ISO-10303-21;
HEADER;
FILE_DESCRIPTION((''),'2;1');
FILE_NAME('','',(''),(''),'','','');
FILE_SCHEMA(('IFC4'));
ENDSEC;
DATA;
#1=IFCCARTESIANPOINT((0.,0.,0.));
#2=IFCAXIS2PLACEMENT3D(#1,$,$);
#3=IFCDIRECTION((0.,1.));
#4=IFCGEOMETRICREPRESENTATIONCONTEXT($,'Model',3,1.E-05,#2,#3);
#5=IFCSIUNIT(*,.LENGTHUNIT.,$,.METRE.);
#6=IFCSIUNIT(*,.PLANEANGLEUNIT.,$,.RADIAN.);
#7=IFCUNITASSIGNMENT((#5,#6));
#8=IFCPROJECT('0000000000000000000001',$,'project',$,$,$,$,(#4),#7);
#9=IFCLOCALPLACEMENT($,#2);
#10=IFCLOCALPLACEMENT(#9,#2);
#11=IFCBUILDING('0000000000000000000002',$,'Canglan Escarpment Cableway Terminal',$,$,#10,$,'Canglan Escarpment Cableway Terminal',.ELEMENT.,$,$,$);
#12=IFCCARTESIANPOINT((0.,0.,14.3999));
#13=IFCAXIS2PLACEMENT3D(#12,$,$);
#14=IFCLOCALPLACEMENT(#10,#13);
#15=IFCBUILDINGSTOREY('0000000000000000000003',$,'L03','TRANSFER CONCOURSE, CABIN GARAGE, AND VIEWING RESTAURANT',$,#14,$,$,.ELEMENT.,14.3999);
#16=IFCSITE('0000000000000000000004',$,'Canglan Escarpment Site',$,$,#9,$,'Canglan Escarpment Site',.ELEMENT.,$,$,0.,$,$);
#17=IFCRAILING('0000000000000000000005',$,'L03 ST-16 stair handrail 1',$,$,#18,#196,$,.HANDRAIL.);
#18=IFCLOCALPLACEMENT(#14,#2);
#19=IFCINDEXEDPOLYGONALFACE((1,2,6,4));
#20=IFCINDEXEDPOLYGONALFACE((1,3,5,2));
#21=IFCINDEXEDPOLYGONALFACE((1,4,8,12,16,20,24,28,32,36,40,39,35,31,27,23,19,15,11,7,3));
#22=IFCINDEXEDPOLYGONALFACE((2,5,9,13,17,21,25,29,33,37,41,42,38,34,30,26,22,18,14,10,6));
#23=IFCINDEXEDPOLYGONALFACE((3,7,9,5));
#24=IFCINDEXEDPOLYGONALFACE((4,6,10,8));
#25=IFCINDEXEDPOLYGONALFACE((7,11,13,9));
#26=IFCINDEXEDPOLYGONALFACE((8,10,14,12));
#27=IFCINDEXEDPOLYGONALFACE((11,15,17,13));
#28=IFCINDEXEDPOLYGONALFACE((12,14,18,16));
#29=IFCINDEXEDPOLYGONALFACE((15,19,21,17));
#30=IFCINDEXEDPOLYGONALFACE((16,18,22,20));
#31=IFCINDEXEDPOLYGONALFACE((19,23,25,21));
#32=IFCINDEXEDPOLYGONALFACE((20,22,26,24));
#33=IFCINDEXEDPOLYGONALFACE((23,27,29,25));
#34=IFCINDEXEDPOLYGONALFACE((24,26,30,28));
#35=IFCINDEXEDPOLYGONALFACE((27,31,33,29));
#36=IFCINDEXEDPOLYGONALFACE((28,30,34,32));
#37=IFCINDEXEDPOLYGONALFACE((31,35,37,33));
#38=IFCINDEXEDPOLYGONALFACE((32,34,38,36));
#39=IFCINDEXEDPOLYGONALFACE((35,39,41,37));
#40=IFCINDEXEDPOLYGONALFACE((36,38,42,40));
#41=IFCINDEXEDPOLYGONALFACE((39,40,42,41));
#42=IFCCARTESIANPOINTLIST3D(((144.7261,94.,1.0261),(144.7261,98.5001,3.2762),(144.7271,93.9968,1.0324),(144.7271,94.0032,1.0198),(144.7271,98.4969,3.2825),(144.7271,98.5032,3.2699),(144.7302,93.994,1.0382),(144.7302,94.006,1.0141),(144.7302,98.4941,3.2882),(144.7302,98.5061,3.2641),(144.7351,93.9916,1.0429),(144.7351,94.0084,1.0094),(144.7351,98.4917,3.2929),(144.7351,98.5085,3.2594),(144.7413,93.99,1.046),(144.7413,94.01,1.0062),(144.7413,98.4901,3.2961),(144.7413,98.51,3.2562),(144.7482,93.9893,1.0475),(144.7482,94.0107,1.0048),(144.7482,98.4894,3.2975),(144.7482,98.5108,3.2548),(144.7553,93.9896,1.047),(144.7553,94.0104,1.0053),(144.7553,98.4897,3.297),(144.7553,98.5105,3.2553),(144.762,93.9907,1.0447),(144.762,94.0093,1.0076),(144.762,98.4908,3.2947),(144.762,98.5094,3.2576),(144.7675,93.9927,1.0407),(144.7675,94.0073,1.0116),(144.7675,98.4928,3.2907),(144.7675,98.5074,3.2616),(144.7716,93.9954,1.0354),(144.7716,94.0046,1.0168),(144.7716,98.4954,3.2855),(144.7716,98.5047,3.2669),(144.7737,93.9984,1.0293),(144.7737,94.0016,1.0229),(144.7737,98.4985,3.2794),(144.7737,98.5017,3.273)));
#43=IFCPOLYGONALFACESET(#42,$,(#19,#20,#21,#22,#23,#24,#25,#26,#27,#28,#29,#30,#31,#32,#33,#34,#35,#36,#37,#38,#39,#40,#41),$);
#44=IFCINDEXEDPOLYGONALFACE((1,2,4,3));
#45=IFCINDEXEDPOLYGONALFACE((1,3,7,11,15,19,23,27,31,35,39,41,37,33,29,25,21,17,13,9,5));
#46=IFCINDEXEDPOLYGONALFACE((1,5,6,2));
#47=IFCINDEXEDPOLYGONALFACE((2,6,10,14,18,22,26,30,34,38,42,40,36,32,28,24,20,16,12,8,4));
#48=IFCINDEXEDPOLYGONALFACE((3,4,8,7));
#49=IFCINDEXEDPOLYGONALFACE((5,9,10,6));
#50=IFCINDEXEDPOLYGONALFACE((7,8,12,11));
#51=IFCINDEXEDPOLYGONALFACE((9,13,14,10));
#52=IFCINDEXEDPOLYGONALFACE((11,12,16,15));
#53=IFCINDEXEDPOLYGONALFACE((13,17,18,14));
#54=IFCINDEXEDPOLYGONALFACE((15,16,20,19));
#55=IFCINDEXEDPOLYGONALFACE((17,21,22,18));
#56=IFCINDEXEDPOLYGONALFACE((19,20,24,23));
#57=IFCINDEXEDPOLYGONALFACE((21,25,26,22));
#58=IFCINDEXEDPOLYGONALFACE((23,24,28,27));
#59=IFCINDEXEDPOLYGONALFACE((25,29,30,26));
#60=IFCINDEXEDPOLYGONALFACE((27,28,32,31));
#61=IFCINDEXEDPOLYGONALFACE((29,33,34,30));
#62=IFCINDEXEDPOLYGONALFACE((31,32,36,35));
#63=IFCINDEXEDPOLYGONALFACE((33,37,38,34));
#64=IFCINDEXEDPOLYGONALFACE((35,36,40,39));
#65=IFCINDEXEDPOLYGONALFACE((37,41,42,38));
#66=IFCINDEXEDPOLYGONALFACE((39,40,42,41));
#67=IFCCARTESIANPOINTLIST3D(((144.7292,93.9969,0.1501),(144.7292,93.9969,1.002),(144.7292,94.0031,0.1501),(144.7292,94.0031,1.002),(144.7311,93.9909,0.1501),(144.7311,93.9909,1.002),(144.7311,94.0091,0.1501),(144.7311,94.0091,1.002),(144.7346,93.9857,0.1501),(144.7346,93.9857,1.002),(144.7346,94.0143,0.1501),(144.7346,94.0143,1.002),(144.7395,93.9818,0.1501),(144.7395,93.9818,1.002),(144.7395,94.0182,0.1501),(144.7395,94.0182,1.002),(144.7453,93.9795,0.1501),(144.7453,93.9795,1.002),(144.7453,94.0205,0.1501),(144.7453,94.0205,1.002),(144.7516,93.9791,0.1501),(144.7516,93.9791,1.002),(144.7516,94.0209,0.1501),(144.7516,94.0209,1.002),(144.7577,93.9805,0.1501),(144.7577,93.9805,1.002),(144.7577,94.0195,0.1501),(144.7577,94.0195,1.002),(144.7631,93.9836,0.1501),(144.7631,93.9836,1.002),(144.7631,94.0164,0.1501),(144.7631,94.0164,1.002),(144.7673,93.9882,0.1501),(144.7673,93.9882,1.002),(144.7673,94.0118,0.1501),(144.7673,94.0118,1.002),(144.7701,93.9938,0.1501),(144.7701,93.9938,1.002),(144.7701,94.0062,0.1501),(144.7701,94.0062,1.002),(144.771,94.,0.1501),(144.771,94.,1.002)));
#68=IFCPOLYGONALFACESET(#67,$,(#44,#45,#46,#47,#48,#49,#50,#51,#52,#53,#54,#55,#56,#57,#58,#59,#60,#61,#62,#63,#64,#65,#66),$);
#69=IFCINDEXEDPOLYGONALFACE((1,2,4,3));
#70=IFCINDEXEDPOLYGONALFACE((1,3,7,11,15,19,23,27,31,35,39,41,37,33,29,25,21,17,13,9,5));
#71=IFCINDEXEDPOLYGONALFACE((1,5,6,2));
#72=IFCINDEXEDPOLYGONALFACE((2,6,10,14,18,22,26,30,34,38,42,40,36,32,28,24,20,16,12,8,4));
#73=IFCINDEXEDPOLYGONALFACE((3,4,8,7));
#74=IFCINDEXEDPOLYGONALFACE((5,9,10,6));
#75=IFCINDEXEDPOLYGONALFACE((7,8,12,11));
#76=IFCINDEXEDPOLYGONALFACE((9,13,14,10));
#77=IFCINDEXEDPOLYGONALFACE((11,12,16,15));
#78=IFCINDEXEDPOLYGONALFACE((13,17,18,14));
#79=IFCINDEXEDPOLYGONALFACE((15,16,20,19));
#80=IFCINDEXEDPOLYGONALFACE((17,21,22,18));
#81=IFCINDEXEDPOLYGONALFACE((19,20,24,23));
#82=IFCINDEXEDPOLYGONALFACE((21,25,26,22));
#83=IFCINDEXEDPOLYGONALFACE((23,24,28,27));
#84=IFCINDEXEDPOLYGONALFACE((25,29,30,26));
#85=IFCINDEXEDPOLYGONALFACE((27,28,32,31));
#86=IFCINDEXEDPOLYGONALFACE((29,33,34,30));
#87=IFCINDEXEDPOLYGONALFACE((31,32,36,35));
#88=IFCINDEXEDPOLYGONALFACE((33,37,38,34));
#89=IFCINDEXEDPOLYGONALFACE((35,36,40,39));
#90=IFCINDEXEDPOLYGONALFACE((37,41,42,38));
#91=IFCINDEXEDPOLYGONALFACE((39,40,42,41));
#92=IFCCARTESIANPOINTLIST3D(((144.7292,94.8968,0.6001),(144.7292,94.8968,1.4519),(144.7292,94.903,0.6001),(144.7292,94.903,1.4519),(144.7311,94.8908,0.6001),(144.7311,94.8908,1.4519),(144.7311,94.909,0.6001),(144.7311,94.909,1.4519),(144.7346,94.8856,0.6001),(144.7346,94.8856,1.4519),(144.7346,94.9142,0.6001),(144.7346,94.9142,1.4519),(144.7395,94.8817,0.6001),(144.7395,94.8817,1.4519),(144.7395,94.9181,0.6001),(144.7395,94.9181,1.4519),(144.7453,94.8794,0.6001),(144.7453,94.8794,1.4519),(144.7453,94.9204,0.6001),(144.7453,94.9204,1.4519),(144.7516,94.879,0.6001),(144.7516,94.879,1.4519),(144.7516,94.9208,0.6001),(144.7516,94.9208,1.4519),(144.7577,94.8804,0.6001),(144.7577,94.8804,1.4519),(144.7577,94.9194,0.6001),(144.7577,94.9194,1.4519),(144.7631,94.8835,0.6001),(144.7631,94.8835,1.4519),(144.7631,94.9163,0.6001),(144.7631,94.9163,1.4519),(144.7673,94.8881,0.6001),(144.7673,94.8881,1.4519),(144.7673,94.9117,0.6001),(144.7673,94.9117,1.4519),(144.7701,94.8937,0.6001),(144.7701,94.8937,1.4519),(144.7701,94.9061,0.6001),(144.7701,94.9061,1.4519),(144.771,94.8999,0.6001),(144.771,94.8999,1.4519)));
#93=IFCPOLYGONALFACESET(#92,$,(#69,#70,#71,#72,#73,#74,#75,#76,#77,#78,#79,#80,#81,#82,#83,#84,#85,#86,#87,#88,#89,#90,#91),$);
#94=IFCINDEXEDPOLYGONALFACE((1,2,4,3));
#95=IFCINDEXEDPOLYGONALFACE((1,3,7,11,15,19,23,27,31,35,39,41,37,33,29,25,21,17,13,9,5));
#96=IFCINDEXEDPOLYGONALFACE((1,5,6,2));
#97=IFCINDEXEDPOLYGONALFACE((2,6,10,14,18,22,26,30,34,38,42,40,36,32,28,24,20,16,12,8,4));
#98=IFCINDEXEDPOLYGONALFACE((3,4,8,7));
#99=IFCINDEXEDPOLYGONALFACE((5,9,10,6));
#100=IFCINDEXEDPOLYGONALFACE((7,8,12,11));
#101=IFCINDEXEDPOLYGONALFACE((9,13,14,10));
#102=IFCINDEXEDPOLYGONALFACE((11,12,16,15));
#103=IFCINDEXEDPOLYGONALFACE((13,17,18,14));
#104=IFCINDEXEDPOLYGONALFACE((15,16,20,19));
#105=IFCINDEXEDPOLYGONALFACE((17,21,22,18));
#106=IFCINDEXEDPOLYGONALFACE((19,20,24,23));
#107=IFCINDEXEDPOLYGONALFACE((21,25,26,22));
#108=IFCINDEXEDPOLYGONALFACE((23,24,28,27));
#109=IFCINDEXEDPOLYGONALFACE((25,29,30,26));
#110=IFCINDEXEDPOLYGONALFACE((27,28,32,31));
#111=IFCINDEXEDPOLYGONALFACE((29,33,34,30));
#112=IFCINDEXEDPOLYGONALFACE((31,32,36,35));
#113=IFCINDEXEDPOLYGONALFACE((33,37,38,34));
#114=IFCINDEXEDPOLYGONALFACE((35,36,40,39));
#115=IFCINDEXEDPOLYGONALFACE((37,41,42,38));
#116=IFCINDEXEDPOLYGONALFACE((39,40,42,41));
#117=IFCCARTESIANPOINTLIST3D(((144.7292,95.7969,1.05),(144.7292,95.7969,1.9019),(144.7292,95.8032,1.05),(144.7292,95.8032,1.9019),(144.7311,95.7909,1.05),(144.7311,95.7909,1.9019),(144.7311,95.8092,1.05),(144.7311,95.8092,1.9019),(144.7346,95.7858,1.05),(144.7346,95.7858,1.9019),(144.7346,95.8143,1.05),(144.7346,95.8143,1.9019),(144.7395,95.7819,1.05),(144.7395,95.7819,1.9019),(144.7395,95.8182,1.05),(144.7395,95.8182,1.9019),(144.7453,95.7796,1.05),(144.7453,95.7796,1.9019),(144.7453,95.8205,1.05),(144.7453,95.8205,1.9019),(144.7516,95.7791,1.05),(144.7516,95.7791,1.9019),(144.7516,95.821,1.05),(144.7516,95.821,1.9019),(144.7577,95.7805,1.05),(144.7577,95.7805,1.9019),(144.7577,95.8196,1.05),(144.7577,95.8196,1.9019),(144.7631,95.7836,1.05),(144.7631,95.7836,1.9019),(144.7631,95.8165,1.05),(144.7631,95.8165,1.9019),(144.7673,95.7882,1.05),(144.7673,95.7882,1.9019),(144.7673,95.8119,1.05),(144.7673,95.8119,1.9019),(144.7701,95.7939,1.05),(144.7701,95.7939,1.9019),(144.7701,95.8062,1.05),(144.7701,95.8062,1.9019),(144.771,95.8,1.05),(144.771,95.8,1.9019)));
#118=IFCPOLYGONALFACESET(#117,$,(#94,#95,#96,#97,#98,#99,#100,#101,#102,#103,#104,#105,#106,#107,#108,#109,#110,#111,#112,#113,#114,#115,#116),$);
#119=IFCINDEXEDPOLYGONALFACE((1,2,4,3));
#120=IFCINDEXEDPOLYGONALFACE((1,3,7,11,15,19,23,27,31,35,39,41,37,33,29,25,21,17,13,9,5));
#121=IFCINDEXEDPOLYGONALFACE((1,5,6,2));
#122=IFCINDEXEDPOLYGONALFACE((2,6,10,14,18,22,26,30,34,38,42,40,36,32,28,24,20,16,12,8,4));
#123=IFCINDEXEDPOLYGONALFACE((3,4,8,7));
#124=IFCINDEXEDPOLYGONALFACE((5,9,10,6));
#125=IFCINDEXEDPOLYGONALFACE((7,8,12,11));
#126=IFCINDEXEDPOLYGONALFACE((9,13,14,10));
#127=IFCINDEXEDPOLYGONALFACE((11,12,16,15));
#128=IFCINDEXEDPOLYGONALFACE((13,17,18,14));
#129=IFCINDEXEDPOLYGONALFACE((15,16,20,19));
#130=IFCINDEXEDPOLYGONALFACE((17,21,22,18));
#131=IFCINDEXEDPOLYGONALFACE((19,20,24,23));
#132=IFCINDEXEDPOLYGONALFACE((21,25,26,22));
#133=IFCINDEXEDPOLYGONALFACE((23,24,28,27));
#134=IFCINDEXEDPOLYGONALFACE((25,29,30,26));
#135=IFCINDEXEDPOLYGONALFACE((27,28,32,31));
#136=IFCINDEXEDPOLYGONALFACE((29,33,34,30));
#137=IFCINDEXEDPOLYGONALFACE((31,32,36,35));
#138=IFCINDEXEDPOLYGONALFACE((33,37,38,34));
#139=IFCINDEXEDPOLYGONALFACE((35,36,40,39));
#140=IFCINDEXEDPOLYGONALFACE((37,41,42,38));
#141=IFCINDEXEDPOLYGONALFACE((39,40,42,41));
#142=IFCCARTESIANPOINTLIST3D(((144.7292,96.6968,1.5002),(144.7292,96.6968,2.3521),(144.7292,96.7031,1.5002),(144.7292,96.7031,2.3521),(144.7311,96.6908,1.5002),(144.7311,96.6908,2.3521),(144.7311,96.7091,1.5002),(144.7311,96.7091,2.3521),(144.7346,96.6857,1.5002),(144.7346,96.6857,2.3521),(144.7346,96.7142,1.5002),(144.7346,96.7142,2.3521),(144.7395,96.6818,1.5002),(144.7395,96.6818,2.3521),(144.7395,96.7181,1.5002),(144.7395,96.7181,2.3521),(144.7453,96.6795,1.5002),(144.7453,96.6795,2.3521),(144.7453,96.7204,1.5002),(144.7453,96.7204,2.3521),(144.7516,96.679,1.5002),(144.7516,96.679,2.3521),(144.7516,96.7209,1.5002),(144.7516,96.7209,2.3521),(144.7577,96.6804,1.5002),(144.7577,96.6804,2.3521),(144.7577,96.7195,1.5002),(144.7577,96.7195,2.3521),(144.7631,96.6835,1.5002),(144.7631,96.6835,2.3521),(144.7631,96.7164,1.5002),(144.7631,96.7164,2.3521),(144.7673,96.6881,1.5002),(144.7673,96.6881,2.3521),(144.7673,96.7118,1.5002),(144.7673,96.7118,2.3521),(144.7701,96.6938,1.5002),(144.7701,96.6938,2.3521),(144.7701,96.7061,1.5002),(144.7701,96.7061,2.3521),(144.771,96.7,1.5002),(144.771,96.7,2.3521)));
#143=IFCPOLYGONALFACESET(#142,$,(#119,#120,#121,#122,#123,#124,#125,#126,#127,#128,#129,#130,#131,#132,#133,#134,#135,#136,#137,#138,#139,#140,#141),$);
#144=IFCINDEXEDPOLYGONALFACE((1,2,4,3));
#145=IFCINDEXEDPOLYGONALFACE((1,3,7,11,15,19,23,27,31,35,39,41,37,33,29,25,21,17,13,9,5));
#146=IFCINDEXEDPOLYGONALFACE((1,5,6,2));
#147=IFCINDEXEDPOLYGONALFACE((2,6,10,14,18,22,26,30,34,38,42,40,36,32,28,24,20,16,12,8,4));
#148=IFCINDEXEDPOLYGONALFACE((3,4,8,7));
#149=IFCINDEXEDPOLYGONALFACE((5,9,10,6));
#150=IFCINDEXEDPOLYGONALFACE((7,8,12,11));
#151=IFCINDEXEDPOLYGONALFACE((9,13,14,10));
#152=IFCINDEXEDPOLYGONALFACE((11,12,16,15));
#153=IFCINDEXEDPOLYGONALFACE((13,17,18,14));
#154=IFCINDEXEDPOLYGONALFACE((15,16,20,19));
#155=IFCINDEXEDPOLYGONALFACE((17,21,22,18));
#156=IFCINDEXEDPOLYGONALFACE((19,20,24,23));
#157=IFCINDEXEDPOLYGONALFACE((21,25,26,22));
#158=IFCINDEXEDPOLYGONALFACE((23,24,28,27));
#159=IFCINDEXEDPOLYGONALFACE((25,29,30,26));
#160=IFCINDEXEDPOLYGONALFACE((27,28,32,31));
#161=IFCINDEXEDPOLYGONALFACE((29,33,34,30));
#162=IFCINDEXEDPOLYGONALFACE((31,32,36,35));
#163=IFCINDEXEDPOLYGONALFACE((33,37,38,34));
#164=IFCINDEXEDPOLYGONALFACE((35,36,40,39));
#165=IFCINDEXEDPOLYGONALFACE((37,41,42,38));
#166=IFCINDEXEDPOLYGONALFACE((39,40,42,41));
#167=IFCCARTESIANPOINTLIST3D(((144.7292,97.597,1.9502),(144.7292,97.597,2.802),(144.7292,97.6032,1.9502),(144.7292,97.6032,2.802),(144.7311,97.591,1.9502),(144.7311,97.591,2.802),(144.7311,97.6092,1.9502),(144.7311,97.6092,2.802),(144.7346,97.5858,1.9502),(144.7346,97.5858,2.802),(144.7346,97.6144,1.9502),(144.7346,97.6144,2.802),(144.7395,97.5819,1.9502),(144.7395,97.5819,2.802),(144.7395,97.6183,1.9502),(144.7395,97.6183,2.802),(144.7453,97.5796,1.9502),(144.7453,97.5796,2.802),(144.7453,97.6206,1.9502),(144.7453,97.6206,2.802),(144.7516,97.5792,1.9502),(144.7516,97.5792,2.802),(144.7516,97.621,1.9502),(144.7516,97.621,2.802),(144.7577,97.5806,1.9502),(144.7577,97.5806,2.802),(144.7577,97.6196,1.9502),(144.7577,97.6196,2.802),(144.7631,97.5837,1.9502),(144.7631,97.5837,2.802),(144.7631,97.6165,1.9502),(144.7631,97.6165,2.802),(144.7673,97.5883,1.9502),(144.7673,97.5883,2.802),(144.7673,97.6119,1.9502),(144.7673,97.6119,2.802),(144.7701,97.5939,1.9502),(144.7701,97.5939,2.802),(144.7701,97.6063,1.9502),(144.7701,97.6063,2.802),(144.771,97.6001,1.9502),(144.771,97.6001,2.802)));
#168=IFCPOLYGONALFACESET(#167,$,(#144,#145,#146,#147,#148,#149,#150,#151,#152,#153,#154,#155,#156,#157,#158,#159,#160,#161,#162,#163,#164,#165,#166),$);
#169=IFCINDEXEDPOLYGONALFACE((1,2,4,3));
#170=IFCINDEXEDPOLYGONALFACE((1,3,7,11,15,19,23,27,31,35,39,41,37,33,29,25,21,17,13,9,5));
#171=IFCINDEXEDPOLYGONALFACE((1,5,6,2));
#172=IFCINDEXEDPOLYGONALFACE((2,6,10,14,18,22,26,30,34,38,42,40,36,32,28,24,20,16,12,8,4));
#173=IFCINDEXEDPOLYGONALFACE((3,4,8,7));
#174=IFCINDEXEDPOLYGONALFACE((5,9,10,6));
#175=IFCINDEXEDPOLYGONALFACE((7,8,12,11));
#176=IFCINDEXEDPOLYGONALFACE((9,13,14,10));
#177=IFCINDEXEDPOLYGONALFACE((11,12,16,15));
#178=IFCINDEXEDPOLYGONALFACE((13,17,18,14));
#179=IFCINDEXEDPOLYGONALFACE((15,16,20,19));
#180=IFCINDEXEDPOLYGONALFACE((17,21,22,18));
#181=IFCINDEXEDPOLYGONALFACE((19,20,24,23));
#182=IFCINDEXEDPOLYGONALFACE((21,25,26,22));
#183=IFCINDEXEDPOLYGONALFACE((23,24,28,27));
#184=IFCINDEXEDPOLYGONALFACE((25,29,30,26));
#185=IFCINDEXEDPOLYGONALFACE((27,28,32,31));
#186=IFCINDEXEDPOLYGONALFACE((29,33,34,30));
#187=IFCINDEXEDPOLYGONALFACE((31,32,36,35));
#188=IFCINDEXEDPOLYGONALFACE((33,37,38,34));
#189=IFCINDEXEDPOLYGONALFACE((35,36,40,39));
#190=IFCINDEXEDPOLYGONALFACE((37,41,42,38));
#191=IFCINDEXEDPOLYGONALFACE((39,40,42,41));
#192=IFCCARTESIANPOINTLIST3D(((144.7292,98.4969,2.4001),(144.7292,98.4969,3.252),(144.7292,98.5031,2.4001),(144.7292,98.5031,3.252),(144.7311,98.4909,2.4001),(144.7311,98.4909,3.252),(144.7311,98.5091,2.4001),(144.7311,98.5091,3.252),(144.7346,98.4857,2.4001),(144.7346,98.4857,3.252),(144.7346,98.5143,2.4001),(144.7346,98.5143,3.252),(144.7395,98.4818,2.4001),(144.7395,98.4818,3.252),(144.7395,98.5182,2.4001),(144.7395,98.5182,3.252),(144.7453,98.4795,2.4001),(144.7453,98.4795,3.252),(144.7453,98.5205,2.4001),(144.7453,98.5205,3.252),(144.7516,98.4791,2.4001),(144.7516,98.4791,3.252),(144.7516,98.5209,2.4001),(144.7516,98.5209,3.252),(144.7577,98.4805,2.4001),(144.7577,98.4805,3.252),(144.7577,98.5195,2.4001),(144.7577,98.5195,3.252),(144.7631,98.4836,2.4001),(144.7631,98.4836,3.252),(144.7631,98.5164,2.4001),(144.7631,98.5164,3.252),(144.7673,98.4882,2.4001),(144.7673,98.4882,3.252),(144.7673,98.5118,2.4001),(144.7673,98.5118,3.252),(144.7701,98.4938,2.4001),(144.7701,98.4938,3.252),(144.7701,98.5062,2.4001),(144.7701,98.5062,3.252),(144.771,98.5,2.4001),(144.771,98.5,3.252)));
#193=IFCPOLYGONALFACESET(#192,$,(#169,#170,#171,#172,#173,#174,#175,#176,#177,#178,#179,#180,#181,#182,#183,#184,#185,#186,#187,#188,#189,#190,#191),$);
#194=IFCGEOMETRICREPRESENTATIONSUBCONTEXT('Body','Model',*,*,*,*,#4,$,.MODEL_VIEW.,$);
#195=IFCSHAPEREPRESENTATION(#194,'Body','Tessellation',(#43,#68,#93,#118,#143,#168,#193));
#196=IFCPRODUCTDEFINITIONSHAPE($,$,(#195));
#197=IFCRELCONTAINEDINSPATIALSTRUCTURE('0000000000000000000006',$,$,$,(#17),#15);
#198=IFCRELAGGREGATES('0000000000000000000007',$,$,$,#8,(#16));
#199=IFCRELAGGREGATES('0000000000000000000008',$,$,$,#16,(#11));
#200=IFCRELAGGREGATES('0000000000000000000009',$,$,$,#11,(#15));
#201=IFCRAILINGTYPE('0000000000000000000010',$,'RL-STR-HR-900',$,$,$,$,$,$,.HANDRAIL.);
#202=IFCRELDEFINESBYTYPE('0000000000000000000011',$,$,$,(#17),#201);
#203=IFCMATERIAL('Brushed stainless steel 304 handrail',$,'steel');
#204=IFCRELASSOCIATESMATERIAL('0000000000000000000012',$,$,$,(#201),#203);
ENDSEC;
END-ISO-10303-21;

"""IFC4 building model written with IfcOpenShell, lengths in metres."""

from ifc_helpers import new_model, si_unit, direction, frame, origin, origin_2d, place, context, subcontext, project, spatial, circle, extrude, material, type_object, element, save


model = new_model("IFC4")

# Units and contexts
model_context = context("Model", 3, precision=1e-05, world=origin(), true_north=direction((0.0, 1.0)))
body_context = subcontext(model_context, "Body", "Model", "MODEL_VIEW")
ifc_project = project(units=[si_unit("LENGTHUNIT", "METRE"), si_unit("PLANEANGLEUNIT", "RADIAN")], contexts=[model_context])

# Site, building, storey
site_placement = place(None, origin())
site = spatial("IfcSite", under=ifc_project, at=site_placement, Name="Canglan Escarpment Site", LongName="Canglan Escarpment Site", CompositionType="ELEMENT", RefElevation=0.0)
building_placement = place(site_placement, origin())
building = spatial("IfcBuilding", under=site, at=building_placement, Name="Canglan Escarpment Cableway Terminal", LongName="Canglan Escarpment Cableway Terminal", CompositionType="ELEMENT")
storey_placement = place(building_placement, frame((0.0, 0.0, 14.3999)))
storey = spatial("IfcBuildingStorey", under=building, at=storey_placement, Name="L03", Description="TRANSFER CONCOURSE, CABIN GARAGE, AND VIEWING RESTAURANT", CompositionType="ELEMENT", Elevation=14.3999)

# Railing
ifc_material_1 = material(Name="Brushed stainless steel 304 handrail", Category="steel")
railing_type_1 = type_object("IfcRailingType", Name="RL-STR-HR-900", PredefinedType="HANDRAIL", material=ifc_material_1)
railing_1_placement = place(storey_placement, frame((144.75, 94.0, 0.1501)))
element("IfcRailing", 1, at=railing_1_placement, inside=storey, type_object=railing_type_1, Name="L03 ST-16 stair handrail 1", PredefinedType="HANDRAIL", context=body_context, shape_type="SweptSolid", body=[
    extrude(circle(Radius=0.0239, at=origin_2d()), frame((0.0, 0.0, 0.876), z_axis=(0.0, 0.894427, 0.447214), x_axis=(-1.0, 0.0, 0.0)), (0.0, 0.0, 1.0), 5.0312),
    extrude(circle(Radius=0.021, at=origin_2d()), origin(), (0.0, 0.0, 1.0), 0.8518),
    extrude(circle(Radius=0.021, at=origin_2d()), frame((0.0, 0.8999, 0.45)), (0.0, 0.0, 1.0), 0.8518),
    extrude(circle(Radius=0.021, at=origin_2d()), frame((0.0, 1.8, 0.8999)), (0.0, 0.0, 1.0), 0.8518),
    extrude(circle(Radius=0.021, at=origin_2d()), frame((0.0, 2.7, 1.3501)), (0.0, 0.0, 1.0), 0.8518),
    extrude(circle(Radius=0.021, at=origin_2d()), frame((0.0, 3.6001, 1.8)), (0.0, 0.0, 1.0), 0.8518),
    extrude(circle(Radius=0.021, at=origin_2d()), frame((0.0, 4.5, 2.25)), (0.0, 0.0, 1.0), 0.8518),
])

save(model, "model.ifc")
